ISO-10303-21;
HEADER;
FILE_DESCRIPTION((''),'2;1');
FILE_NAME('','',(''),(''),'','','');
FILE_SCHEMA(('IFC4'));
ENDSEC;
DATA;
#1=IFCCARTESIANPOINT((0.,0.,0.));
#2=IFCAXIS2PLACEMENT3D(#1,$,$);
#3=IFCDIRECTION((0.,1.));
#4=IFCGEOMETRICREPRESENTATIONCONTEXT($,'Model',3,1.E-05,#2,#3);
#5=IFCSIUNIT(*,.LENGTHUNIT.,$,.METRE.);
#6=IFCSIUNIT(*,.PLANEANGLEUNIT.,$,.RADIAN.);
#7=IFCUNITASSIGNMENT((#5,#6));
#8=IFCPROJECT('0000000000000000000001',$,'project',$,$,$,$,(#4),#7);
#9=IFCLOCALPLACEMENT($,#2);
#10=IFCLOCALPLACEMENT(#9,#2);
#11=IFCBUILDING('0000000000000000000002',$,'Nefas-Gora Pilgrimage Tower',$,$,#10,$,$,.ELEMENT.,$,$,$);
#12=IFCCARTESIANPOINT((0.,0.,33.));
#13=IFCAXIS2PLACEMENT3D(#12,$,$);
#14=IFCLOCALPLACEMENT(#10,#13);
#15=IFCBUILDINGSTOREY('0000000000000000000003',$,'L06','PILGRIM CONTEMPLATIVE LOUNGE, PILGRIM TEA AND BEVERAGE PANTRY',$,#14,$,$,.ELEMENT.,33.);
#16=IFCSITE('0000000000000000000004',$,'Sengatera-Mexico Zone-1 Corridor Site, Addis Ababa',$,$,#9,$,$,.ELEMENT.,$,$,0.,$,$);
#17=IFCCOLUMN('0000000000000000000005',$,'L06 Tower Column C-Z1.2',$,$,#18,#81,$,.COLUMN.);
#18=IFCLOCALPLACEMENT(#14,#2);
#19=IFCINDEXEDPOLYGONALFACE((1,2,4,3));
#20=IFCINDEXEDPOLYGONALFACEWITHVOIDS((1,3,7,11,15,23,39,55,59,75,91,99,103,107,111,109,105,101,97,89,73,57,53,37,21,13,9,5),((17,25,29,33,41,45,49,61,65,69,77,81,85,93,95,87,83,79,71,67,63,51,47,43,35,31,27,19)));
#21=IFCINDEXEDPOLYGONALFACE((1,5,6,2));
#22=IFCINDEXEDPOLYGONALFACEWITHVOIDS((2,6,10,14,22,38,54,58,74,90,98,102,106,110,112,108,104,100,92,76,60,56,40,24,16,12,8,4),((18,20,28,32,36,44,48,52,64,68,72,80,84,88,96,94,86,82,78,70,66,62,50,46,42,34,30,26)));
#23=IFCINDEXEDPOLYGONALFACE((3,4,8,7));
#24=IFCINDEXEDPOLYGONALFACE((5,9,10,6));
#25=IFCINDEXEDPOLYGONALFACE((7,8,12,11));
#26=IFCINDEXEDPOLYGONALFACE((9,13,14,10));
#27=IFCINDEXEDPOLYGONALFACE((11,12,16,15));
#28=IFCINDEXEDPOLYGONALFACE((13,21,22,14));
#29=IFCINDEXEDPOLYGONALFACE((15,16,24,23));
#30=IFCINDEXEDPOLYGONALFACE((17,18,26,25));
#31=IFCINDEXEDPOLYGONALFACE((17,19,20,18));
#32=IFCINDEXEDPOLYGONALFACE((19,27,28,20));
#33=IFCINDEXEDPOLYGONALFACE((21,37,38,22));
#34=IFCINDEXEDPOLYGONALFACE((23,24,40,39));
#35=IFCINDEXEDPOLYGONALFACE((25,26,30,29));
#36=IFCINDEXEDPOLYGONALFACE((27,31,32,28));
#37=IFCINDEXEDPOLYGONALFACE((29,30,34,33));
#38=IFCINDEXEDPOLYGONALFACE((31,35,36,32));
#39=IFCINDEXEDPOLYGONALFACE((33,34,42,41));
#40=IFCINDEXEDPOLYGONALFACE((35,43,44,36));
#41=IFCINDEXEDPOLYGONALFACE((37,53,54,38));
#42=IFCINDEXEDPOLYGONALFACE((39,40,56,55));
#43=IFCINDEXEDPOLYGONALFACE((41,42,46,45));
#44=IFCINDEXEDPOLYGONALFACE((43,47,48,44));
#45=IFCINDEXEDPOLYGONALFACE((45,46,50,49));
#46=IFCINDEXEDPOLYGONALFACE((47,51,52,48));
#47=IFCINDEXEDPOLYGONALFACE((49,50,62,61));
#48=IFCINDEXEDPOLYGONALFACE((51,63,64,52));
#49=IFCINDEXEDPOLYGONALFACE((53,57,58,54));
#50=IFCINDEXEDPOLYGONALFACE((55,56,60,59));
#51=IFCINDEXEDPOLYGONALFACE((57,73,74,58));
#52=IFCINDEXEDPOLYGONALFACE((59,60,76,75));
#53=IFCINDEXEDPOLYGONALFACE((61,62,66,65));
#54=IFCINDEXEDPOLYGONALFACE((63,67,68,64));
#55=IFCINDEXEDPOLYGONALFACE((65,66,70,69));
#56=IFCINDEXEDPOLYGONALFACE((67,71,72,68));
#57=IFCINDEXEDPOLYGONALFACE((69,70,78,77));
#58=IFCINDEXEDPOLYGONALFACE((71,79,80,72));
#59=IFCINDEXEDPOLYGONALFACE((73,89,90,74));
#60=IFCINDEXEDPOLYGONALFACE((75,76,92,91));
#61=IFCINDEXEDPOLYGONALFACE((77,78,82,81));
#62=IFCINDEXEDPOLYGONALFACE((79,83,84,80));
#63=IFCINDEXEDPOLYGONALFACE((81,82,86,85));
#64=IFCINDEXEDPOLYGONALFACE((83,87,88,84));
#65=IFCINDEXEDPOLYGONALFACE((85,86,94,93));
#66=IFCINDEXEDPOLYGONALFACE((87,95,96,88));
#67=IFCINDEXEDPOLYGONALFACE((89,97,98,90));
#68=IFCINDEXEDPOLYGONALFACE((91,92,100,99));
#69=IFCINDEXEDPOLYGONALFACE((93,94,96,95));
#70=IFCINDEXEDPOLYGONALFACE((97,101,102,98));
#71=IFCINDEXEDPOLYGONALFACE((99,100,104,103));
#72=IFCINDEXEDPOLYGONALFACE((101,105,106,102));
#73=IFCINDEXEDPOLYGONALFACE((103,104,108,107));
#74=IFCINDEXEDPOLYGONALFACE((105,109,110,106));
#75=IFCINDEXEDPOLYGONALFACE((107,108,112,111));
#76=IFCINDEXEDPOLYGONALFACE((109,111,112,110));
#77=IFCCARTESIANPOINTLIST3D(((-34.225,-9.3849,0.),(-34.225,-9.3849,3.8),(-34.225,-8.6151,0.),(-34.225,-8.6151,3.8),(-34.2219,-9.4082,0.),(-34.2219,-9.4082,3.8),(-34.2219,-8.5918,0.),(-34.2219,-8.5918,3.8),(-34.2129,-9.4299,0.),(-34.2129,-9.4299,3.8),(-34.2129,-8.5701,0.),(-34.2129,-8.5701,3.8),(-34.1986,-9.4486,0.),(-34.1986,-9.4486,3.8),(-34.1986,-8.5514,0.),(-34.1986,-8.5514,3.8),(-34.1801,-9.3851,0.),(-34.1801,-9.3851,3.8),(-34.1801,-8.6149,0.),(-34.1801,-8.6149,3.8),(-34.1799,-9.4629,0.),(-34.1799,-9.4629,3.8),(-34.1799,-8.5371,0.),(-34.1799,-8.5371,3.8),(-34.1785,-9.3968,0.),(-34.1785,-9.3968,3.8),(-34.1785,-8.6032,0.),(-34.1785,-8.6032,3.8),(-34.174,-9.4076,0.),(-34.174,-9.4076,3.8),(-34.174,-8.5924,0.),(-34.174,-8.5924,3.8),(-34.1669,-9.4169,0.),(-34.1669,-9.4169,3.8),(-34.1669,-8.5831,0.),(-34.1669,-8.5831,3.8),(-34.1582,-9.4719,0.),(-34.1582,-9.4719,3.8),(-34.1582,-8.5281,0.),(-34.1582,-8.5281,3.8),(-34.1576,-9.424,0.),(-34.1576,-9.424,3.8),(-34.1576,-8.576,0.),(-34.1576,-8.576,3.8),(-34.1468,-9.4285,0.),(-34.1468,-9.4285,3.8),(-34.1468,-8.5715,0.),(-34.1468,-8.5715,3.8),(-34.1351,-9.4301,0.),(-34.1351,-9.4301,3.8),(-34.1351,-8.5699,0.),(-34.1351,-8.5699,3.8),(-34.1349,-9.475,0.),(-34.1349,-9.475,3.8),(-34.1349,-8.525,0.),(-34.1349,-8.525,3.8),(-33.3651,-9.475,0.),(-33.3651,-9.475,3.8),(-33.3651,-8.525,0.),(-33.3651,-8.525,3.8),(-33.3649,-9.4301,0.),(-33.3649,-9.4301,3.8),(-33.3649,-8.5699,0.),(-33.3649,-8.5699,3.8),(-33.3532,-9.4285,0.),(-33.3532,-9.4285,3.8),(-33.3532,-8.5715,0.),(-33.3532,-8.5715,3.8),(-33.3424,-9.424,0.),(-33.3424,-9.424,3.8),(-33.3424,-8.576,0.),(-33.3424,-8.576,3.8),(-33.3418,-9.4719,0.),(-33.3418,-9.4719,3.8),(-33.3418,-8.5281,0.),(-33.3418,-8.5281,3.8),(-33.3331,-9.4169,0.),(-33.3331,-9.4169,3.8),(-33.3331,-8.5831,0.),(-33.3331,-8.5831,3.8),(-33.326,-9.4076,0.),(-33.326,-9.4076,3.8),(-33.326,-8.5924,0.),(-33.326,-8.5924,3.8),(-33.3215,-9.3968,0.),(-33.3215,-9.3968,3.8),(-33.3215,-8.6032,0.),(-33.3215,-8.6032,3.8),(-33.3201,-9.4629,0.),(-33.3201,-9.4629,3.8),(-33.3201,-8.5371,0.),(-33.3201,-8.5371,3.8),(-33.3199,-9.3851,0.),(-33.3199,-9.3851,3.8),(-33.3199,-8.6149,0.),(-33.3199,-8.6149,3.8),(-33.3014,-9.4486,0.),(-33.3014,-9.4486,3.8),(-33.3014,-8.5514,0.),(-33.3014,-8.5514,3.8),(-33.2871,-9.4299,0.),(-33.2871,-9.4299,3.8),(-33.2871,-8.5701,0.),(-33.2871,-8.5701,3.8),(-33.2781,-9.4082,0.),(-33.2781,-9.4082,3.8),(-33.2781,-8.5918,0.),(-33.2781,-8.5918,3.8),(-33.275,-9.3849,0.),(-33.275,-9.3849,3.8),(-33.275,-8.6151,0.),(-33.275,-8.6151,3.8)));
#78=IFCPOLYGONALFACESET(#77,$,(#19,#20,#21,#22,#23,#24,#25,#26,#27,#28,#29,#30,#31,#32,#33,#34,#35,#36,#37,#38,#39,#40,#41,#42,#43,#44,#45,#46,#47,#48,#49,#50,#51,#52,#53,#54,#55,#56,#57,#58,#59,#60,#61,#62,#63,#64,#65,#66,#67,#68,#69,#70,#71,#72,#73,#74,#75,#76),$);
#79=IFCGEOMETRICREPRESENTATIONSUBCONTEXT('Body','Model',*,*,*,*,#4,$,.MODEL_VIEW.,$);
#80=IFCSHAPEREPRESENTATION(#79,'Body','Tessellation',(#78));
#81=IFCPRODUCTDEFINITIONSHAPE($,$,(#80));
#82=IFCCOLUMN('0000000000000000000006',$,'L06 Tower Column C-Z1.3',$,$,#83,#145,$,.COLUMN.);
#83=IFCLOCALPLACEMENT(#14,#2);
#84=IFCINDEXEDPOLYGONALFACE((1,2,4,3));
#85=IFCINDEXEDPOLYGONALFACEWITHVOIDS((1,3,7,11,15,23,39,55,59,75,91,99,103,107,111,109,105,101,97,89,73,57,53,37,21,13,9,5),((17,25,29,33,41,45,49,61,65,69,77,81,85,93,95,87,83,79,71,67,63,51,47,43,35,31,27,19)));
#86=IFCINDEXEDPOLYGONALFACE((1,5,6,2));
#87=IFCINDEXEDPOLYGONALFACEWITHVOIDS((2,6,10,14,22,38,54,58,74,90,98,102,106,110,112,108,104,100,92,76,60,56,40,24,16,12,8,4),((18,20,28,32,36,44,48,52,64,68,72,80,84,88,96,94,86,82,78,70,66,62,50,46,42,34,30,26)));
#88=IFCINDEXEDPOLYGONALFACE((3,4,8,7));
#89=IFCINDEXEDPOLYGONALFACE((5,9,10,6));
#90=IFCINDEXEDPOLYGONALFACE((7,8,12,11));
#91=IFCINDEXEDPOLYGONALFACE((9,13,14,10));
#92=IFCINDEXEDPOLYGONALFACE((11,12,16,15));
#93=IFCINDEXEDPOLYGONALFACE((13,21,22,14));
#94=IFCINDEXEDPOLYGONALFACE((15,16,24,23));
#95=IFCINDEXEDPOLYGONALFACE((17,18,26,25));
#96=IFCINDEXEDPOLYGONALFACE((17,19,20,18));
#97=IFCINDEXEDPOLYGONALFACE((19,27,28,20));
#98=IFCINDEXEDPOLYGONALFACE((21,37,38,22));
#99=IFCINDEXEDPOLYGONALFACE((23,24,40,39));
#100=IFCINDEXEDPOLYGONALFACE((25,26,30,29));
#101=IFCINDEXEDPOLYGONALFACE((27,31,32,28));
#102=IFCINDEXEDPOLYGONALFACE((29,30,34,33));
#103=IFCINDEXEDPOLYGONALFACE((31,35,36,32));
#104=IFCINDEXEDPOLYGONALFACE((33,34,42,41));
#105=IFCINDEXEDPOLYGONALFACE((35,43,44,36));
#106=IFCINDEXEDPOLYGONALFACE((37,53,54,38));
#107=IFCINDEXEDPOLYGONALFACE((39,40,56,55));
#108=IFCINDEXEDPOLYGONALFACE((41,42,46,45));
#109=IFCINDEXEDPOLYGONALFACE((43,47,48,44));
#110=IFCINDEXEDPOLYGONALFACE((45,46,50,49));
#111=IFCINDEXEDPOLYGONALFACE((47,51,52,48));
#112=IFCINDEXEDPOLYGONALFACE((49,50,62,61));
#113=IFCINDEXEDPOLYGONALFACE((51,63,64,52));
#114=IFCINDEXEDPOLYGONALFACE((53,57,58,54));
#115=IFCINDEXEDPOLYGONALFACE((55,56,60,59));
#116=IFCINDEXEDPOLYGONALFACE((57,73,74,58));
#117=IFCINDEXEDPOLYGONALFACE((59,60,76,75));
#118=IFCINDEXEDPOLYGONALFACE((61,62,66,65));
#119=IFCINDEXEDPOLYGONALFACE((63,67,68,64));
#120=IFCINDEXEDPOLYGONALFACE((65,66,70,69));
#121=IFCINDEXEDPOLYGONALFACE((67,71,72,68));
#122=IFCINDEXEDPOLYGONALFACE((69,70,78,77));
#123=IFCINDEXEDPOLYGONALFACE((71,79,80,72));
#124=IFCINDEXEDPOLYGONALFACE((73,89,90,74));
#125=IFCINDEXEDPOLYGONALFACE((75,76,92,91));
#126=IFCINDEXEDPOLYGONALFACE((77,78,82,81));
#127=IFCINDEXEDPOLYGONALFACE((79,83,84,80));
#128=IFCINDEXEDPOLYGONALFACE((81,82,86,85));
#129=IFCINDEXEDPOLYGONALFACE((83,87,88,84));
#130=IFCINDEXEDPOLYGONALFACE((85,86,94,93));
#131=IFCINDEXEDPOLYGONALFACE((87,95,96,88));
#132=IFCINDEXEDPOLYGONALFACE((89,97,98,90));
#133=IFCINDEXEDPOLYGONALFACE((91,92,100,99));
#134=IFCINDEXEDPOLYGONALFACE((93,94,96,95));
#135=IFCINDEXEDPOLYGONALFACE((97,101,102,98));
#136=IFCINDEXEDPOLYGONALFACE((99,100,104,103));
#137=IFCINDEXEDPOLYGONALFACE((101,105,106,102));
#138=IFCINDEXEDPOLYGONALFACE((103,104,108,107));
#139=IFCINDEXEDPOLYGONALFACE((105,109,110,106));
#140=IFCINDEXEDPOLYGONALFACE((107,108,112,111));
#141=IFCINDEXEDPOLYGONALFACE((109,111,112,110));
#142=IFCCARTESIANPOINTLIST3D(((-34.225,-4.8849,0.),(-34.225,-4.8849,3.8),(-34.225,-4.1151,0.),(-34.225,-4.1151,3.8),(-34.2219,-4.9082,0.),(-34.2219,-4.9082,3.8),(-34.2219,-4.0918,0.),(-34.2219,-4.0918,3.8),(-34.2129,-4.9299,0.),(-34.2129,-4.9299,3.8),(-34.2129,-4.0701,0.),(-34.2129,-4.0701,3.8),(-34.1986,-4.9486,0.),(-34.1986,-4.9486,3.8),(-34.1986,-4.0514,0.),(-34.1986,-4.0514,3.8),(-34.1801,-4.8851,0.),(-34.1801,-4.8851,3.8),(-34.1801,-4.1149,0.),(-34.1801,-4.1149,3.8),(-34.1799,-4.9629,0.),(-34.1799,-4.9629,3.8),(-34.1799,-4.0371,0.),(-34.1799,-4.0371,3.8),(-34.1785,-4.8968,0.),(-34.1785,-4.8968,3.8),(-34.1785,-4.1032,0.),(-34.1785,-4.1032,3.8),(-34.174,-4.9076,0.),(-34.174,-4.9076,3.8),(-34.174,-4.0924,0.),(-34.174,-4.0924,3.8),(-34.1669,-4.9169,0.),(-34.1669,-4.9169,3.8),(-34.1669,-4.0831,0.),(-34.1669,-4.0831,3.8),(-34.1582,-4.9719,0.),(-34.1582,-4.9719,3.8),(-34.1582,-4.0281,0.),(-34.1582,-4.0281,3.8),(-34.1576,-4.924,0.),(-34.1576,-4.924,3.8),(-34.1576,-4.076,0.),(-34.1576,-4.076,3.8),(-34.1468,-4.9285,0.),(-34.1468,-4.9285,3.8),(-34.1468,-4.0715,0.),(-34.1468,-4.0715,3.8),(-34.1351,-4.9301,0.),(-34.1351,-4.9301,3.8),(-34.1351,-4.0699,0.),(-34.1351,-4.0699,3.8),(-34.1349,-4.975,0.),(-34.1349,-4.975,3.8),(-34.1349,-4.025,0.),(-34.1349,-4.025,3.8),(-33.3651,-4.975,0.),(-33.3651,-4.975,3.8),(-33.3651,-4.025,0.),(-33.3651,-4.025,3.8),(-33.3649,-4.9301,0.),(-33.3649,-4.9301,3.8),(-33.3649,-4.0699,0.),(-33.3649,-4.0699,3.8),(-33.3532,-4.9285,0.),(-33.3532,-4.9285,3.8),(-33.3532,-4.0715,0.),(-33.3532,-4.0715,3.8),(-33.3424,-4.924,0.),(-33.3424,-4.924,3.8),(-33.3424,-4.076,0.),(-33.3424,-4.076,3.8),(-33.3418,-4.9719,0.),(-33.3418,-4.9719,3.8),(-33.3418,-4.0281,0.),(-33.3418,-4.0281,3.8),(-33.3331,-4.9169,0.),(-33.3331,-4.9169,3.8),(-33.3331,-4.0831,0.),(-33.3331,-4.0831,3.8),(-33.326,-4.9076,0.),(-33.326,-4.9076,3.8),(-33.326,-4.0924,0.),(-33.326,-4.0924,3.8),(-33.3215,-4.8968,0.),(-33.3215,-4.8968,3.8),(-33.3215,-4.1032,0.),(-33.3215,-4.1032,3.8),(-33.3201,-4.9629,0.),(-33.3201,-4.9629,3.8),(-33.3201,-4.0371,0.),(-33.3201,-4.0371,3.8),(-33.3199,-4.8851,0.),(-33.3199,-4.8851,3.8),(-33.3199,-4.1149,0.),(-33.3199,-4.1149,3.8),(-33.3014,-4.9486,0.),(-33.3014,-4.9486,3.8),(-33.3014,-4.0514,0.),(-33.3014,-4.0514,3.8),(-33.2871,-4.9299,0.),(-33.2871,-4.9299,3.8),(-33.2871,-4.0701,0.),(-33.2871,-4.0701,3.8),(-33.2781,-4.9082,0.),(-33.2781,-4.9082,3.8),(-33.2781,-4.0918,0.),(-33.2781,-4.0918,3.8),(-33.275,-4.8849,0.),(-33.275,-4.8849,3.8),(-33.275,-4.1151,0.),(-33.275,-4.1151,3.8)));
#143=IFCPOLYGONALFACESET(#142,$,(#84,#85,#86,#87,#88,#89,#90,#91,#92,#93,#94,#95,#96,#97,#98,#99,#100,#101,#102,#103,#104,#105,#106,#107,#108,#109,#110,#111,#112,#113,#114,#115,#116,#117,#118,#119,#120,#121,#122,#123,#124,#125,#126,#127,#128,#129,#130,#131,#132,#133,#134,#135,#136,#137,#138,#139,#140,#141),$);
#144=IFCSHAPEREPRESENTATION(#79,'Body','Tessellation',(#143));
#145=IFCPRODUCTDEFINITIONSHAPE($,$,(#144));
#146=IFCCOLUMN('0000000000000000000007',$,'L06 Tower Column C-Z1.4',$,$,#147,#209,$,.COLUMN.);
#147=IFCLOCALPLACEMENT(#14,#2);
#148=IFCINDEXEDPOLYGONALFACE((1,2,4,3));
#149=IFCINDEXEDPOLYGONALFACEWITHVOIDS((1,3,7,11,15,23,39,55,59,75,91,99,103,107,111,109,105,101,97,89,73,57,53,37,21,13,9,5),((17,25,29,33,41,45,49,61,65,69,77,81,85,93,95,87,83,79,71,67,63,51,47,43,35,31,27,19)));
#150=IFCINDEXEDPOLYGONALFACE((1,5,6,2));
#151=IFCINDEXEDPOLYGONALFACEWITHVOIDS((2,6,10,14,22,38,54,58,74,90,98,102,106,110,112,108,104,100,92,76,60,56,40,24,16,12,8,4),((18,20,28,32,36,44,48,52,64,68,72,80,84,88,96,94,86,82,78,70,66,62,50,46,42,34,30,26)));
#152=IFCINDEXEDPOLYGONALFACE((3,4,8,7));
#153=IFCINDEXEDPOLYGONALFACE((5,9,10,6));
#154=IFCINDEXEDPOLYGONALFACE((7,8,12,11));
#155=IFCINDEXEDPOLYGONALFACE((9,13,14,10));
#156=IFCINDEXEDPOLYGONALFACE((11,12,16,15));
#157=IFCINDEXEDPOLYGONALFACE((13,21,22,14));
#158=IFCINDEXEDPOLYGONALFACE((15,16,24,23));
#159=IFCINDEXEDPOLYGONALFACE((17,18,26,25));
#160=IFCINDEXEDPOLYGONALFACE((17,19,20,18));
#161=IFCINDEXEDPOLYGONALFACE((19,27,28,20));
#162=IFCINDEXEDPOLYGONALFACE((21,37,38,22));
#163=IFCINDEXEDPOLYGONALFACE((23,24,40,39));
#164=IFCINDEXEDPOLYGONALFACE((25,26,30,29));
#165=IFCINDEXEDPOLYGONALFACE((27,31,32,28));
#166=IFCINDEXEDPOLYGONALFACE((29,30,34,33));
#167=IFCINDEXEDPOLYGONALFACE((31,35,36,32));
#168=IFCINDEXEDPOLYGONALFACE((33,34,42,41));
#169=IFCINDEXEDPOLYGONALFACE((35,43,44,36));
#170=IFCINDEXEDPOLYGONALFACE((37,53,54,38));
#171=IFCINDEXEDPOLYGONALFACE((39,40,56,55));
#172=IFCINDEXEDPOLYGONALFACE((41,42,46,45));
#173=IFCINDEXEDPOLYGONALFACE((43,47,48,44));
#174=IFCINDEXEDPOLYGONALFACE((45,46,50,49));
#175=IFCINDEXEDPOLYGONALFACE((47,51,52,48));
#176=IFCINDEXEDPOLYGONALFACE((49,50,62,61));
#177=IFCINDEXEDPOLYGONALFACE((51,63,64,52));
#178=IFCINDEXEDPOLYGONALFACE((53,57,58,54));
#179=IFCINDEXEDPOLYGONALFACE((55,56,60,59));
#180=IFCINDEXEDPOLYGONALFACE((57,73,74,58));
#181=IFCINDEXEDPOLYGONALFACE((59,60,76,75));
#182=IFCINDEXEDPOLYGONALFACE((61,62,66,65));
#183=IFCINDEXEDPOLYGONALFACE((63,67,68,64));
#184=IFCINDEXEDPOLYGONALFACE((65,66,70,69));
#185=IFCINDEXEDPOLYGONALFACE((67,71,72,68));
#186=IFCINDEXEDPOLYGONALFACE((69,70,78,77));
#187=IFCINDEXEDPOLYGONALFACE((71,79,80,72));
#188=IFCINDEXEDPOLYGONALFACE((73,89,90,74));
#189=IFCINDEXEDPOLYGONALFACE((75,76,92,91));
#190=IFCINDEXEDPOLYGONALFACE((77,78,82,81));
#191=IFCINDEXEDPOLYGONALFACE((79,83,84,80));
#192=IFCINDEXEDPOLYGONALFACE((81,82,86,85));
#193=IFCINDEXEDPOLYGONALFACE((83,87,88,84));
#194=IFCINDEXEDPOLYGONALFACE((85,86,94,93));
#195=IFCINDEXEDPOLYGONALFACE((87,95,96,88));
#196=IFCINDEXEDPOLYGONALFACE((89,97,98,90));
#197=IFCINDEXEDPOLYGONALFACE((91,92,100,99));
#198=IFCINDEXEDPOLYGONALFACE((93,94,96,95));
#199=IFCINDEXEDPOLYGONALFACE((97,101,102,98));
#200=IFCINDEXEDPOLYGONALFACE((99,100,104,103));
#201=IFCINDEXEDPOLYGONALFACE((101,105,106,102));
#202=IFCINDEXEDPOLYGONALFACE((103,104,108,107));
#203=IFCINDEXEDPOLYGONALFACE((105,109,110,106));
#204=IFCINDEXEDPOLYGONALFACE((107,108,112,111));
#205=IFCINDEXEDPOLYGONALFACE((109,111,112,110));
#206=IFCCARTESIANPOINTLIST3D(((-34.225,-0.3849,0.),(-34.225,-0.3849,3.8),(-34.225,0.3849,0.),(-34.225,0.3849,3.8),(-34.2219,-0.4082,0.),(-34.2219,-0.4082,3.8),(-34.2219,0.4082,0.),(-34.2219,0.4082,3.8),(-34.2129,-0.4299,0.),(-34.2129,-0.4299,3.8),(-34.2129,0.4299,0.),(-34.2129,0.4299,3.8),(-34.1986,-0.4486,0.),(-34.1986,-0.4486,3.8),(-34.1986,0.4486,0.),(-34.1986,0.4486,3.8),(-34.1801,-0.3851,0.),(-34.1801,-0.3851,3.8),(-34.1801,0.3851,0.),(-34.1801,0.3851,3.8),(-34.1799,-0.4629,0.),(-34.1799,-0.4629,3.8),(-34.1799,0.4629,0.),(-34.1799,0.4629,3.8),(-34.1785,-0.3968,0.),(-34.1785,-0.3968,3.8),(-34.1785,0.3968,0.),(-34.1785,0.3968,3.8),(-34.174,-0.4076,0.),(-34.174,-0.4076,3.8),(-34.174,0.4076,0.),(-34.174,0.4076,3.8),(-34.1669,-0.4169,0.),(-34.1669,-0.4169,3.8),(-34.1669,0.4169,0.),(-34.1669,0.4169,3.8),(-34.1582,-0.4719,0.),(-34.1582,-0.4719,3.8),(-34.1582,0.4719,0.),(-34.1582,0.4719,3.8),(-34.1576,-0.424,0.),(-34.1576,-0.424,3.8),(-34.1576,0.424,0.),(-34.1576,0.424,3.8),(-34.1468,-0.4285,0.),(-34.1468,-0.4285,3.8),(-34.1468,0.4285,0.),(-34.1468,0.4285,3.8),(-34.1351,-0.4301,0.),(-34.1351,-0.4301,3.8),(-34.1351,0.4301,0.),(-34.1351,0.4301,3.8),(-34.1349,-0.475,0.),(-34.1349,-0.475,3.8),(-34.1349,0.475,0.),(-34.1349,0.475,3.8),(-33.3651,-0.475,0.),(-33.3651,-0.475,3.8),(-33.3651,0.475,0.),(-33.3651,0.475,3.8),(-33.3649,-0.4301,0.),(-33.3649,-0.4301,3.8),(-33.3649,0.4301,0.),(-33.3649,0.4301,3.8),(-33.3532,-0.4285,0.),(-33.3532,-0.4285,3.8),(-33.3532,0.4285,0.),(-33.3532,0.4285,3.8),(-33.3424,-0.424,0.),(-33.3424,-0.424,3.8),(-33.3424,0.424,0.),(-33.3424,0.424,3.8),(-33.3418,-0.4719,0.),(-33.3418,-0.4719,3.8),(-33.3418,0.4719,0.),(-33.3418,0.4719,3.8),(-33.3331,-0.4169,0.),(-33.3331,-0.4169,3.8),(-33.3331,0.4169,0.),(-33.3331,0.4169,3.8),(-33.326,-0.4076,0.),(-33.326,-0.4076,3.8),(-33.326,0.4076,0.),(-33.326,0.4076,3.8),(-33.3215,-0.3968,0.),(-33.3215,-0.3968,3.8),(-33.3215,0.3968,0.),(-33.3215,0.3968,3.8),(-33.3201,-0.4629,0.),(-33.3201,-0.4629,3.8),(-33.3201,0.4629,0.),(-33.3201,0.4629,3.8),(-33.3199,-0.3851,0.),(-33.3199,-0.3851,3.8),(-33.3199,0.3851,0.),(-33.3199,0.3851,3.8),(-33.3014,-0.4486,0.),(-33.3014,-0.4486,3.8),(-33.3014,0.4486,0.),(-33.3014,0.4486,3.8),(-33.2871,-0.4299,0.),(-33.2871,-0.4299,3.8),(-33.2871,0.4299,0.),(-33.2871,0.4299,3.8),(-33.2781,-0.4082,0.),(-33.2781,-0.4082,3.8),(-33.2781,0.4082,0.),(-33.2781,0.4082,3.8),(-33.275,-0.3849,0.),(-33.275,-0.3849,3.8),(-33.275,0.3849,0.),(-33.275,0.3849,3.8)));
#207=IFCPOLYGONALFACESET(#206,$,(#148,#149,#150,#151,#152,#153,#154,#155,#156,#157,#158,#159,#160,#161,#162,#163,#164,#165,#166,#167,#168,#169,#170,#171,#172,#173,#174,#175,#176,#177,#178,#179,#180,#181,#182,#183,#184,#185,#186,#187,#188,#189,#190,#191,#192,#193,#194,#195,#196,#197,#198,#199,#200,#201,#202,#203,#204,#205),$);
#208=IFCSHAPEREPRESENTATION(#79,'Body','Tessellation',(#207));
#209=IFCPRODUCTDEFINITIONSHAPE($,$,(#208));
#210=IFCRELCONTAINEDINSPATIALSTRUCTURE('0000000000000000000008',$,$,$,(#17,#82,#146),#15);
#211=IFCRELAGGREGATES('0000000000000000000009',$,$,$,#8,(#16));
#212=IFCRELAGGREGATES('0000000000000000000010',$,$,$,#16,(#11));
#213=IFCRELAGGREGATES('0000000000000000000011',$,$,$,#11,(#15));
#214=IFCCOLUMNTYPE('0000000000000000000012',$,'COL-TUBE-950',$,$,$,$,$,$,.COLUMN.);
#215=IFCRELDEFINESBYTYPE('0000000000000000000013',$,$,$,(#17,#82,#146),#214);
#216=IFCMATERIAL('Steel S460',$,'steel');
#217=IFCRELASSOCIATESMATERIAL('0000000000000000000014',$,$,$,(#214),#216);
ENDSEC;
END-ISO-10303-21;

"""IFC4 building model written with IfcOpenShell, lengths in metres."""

from ifc_helpers import new_model, si_unit, direction, frame, origin, origin_2d, place, context, subcontext, project, spatial, hollow_rectangle, extrude, source, transform, mapped, material, material_profile, profile_set, type_object, element, save


model = new_model("IFC4")

# Units and contexts
model_context = context("Model", 3, precision=1e-05, world=origin(), true_north=direction((0.0, 1.0)))
body_context = subcontext(model_context, "Body", "Model", "MODEL_VIEW")
ifc_project = project(units=[si_unit("LENGTHUNIT", "METRE"), si_unit("PLANEANGLEUNIT", "RADIAN")], contexts=[model_context])

# Site, building, storey
site_placement = place(None, origin())
site = spatial("IfcSite", under=ifc_project, at=site_placement, Name="Sengatera-Mexico Zone-1 Corridor Site, Addis Ababa", CompositionType="ELEMENT", RefElevation=0.0)
building_placement = place(site_placement, origin())
building = spatial("IfcBuilding", under=site, at=building_placement, Name="Nefas-Gora Pilgrimage Tower", CompositionType="ELEMENT")
storey_placement = place(building_placement, frame((0.0, 0.0, 33.0)))
storey = spatial("IfcBuildingStorey", under=building, at=storey_placement, Name="L06", Description="PILGRIM CONTEMPLATIVE LOUNGE, PILGRIM TEA AND BEVERAGE PANTRY", CompositionType="ELEMENT", Elevation=33.0)

# Columns
ifc_material_1 = material(Name="Steel S460", Category="steel")
ifc_material_profile_1 = material_profile(ifc_material_1, hollow_rectangle(XDim=0.95, YDim=0.95, WallThickness=0.0449, InnerFilletRadius=0.0449, OuterFilletRadius=0.0901, at=origin_2d()), Name="BOX 950x950x45")
ifc_profile_set_1 = profile_set([ifc_material_profile_1], Name="Steel S460")
column_type_1 = type_object("IfcColumnType", Name="COL-TUBE-950", PredefinedType="COLUMN", material=ifc_profile_set_1)
shared_shape_1 = source(origin(), body_context, "Body", "SweptSolid", [
    extrude(hollow_rectangle(XDim=0.95, YDim=0.95, WallThickness=0.0449, InnerFilletRadius=0.0449, OuterFilletRadius=0.0901, at=origin_2d()), origin(), (0.0, 0.0, 1.0), 3.8),
])
for number, where, z_axis, x_axis, name in (
    (1, (-33.75, -9.0, 0.0), (0.0, 0.0, 1.0), (1.0, 0.0, 0.0), "L06 Tower Column C-Z1.2"),
    (2, (-33.75, -4.5, 0.0), (0.0, 0.0, 1.0), (1.0, 0.0, 0.0), "L06 Tower Column C-Z1.3"),
    (3, (-33.75, 0.0, 0.0), (0.0, 0.0, 1.0), (1.0, 0.0, 0.0), "L06 Tower Column C-Z1.4"),
):
    element("IfcColumn", number, at=place(storey_placement, frame(where, z_axis=z_axis, x_axis=x_axis)), inside=storey, type_object=column_type_1, Name=name, PredefinedType="COLUMN", context=body_context, shape_type="MappedRepresentation", body=[
        mapped(shared_shape_1, transform((0.0, 0.0, 0.0), x_axis=(1.0, 0.0, 0.0), y_axis=(0.0, 1.0, 0.0), z_axis=(0.0, 0.0, 1.0), scale=1.0)),
    ])

save(model, "model.ifc")
